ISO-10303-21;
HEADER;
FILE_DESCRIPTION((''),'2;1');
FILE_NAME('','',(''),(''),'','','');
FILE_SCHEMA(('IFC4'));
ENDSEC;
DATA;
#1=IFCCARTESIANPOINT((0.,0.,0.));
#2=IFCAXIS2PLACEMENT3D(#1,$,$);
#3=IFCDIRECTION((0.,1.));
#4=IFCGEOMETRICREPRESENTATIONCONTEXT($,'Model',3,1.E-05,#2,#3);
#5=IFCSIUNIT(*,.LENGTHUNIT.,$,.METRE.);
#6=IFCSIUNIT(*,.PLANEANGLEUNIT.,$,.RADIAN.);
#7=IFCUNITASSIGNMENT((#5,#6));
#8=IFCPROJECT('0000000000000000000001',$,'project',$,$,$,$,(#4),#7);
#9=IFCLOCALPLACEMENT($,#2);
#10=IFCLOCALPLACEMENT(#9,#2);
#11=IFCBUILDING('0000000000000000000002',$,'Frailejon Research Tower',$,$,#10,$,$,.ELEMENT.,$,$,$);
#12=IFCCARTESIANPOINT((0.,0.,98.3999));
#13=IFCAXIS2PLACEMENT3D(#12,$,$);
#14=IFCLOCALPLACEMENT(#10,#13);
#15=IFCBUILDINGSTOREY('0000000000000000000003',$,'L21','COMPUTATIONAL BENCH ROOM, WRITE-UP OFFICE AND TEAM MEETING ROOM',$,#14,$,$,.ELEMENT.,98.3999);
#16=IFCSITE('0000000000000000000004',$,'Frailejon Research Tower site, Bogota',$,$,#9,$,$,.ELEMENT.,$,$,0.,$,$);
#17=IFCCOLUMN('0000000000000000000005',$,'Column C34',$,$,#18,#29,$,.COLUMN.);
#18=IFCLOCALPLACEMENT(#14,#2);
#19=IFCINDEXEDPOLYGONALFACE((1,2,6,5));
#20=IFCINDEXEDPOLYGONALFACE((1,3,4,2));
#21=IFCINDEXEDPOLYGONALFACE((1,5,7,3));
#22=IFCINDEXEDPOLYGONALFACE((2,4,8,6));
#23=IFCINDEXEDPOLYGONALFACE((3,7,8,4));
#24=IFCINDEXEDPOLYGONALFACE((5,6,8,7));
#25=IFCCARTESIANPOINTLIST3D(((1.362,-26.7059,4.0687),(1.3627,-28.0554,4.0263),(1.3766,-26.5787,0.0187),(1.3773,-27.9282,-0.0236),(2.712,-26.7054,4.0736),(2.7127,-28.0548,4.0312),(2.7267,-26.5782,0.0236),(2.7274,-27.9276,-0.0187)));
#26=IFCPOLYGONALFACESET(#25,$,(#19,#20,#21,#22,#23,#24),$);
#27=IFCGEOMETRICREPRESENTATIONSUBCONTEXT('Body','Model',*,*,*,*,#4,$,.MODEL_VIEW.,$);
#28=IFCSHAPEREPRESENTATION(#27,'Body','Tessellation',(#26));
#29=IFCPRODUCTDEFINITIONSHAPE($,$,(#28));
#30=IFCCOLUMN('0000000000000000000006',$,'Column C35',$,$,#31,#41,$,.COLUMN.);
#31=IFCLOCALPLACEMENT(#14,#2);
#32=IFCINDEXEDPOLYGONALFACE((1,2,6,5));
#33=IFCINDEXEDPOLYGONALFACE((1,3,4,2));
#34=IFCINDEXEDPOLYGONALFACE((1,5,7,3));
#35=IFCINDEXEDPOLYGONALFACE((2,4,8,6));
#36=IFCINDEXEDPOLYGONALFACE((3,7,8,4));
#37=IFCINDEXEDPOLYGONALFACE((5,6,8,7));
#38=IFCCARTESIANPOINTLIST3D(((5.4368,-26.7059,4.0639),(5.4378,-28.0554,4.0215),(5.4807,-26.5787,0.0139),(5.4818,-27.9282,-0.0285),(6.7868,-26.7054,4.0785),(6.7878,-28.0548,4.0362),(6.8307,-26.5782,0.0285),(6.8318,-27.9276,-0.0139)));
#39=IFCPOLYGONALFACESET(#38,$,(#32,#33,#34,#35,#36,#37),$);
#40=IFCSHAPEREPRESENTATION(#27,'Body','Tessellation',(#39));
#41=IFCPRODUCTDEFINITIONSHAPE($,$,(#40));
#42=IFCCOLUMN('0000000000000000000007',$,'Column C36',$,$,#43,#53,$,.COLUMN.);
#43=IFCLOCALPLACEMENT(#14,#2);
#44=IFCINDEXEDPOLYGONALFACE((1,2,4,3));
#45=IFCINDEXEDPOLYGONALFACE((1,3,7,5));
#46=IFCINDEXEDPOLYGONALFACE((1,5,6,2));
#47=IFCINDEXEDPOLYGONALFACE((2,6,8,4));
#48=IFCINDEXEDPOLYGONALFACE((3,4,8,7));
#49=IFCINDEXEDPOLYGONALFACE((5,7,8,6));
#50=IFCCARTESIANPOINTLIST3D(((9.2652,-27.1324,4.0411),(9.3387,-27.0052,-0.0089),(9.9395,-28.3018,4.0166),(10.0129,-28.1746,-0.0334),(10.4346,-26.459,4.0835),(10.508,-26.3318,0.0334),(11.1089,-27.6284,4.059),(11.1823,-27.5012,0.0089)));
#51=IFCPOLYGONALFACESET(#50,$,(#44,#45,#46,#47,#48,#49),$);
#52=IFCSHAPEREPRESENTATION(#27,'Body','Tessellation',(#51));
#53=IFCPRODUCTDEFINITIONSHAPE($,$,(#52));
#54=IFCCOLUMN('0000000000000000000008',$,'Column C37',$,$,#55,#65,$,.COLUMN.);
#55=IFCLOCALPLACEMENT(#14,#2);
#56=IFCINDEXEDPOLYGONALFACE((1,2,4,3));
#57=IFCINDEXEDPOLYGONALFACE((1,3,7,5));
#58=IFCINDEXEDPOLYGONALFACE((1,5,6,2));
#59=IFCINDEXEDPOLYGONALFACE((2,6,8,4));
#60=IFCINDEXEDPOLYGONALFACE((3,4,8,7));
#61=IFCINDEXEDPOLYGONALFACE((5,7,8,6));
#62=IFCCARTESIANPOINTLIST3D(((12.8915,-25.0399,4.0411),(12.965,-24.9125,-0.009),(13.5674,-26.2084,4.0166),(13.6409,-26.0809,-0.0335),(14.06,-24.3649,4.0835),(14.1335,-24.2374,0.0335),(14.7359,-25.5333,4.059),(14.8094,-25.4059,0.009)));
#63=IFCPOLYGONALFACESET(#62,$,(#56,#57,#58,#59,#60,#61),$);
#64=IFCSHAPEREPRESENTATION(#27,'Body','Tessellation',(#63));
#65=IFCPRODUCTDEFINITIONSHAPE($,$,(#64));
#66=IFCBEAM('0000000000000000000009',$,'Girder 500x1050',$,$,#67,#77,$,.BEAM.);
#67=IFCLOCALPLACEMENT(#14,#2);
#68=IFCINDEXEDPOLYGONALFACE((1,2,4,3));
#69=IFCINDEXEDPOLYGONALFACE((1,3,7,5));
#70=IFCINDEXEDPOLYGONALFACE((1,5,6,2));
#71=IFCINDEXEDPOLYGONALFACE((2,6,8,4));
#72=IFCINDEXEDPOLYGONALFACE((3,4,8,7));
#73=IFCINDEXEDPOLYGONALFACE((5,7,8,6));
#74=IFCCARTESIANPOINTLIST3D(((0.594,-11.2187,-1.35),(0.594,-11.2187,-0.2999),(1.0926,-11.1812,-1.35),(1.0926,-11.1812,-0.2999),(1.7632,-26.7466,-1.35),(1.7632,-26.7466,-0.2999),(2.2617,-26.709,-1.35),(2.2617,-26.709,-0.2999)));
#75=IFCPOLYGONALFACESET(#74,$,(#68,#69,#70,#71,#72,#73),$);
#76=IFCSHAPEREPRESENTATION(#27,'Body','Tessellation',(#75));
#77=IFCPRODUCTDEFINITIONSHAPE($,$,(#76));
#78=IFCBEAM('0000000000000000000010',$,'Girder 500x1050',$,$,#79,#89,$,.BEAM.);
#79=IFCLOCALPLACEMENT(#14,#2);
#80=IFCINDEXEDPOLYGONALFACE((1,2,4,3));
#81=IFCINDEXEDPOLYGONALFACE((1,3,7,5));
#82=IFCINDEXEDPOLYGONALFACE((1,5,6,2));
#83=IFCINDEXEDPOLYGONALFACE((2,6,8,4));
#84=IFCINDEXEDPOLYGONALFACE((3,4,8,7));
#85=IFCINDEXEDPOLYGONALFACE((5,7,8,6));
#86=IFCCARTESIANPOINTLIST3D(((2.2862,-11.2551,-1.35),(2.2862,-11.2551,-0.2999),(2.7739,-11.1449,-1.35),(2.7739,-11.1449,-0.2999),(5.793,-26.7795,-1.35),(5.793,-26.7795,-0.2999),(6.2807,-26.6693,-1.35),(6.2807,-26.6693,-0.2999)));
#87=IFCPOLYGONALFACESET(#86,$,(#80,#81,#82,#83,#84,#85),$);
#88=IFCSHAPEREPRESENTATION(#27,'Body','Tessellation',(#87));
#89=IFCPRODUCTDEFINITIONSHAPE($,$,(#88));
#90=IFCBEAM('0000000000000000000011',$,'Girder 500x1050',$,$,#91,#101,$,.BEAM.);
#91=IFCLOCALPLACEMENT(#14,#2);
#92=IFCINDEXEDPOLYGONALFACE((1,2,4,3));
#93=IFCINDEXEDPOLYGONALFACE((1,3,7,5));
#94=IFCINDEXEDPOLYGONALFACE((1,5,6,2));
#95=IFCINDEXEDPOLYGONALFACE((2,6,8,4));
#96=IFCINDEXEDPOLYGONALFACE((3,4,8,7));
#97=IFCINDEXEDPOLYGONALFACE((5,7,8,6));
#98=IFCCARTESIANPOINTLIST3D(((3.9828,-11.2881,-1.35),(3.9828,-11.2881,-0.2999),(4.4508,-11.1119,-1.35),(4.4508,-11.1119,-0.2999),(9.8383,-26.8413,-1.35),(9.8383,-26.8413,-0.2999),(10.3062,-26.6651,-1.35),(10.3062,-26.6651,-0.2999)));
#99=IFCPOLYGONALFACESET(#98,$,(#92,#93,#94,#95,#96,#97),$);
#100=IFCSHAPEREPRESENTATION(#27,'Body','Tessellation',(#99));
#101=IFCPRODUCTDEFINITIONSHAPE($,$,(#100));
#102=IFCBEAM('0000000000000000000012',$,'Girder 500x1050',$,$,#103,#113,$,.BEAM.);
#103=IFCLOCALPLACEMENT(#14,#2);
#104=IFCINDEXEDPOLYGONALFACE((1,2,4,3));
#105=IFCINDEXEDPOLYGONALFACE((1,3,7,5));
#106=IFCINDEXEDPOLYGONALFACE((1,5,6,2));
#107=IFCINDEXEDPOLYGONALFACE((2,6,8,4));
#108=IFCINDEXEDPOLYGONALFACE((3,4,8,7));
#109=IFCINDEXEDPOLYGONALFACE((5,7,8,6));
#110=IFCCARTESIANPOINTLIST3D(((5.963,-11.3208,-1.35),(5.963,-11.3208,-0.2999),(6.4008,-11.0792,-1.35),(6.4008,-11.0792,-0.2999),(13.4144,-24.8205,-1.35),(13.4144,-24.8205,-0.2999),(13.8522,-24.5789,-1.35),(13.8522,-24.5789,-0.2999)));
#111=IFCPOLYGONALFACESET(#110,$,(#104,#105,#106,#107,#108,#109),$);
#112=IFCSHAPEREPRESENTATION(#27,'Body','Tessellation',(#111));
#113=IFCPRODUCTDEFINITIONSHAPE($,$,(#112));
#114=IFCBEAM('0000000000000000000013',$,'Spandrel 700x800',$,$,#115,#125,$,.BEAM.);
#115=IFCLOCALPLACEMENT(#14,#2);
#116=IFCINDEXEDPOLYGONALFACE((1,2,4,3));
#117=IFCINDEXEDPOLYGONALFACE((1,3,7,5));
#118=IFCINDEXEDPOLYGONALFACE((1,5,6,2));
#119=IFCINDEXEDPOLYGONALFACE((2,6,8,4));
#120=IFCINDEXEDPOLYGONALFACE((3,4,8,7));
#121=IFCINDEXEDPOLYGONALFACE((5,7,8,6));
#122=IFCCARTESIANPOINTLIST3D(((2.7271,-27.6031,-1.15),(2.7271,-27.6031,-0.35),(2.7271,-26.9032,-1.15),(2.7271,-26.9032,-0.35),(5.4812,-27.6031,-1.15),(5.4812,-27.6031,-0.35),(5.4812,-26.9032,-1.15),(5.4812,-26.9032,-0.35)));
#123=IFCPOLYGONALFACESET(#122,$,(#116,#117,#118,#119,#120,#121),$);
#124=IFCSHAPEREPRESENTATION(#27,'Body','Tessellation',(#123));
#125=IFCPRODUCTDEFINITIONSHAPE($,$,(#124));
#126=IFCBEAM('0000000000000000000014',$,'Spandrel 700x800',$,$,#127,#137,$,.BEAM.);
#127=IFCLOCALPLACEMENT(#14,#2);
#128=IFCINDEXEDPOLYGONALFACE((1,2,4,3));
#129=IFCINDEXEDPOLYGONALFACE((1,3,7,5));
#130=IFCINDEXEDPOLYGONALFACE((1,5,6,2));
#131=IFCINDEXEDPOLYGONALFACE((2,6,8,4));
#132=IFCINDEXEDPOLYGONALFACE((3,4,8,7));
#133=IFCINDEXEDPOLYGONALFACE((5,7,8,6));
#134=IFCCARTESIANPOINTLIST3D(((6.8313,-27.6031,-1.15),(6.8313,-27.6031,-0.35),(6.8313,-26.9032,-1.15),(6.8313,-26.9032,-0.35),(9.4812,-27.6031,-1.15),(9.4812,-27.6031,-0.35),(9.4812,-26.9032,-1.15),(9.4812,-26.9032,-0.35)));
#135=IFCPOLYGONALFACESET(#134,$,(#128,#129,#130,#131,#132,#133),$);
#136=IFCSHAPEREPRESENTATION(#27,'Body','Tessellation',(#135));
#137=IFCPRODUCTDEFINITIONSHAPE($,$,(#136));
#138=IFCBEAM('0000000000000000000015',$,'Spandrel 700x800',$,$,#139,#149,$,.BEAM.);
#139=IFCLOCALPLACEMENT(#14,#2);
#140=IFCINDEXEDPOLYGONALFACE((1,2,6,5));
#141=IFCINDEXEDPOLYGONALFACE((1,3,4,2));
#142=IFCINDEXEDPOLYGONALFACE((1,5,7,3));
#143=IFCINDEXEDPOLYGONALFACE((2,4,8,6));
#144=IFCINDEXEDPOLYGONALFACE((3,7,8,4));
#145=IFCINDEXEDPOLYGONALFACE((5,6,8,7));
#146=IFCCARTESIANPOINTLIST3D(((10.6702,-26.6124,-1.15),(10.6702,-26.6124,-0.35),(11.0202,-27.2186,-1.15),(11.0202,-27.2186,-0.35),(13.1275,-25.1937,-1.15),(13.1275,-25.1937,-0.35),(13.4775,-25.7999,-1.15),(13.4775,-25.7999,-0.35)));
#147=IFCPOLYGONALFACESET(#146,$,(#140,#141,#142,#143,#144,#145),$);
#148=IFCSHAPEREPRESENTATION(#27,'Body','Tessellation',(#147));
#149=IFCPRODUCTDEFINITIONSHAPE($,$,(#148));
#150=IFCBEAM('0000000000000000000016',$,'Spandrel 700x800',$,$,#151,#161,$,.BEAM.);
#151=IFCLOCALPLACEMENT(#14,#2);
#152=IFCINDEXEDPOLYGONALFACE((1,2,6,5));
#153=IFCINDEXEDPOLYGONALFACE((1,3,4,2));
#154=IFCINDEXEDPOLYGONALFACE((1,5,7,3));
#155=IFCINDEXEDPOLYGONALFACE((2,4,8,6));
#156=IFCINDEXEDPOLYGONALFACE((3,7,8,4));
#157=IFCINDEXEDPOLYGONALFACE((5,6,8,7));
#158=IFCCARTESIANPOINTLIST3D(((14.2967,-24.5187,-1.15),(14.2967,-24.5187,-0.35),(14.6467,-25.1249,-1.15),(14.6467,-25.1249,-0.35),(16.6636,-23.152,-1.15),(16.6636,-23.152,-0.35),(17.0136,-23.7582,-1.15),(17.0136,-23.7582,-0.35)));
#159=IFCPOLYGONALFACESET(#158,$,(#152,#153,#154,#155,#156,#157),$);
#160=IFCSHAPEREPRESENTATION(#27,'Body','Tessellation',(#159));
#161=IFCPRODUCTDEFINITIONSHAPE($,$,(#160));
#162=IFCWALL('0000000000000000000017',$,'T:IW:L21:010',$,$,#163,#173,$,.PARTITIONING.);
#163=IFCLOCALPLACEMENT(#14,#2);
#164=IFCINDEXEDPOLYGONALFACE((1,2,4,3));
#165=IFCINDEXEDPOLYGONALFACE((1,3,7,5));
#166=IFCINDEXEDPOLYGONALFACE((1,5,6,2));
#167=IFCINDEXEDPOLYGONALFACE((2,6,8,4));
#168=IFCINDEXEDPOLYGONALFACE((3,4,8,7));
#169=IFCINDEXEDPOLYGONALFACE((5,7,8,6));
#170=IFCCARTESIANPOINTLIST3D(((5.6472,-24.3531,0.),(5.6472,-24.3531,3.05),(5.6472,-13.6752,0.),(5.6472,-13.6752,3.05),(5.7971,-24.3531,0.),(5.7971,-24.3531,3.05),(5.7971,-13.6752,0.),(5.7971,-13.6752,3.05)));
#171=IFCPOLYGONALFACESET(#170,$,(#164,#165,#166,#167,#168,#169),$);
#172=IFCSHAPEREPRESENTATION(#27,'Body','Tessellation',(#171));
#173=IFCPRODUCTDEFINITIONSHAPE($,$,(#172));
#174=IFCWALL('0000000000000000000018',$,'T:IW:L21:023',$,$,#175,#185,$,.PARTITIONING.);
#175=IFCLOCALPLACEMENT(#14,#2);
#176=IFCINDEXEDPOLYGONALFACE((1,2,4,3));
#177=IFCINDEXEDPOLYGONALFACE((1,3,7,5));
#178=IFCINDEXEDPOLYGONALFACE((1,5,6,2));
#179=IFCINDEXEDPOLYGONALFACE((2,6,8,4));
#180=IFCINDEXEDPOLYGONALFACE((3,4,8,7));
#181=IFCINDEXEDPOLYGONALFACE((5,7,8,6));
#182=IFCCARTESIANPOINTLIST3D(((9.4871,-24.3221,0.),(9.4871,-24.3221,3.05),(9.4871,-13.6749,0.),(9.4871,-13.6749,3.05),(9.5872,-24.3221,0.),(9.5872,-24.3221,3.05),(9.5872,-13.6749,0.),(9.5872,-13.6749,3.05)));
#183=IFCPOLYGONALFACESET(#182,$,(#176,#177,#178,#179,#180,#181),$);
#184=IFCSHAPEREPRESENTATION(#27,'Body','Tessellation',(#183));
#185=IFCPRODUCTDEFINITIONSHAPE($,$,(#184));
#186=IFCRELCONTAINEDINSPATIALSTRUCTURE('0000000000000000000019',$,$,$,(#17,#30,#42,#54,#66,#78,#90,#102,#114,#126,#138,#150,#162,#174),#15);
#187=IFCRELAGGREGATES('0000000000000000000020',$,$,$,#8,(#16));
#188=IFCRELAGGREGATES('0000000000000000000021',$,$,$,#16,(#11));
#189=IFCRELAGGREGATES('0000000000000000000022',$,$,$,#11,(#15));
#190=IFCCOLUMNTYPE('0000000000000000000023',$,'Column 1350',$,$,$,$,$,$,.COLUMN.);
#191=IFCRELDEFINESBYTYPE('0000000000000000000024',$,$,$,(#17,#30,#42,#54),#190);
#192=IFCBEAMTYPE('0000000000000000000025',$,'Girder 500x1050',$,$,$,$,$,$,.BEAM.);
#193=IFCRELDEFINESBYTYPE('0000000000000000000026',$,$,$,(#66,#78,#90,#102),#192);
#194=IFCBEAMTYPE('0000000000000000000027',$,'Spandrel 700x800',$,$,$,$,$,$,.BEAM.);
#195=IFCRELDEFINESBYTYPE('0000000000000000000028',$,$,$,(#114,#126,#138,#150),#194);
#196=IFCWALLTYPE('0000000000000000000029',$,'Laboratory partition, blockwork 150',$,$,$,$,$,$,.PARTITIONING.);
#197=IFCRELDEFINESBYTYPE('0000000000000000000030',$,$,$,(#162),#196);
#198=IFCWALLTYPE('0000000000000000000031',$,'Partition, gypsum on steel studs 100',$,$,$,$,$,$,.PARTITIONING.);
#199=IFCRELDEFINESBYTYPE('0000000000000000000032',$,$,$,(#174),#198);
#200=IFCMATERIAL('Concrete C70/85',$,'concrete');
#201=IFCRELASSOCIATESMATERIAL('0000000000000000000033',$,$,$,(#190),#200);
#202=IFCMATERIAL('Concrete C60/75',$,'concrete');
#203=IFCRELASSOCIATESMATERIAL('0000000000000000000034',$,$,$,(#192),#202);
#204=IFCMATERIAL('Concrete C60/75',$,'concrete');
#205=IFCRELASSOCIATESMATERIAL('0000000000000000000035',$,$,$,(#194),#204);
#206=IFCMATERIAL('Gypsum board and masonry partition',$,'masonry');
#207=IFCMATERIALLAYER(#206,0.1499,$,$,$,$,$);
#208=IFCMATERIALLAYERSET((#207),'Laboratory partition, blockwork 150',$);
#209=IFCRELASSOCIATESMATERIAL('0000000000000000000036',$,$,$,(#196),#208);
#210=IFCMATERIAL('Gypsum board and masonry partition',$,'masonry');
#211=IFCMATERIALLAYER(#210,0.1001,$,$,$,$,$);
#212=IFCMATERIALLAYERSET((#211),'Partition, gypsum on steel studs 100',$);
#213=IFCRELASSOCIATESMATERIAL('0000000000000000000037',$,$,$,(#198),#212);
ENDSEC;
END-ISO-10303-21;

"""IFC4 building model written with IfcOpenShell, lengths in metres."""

from ifc_helpers import new_model, si_unit, direction, frame, frame_2d, origin, origin_2d, place, context, subcontext, project, spatial, rectangle, extrude, material, layer, layer_set, material_profile, profile_set, type_object, element, save


model = new_model("IFC4")

# Units and contexts
model_context = context("Model", 3, precision=1e-05, world=origin(), true_north=direction((0.0, 1.0)))
body_context = subcontext(model_context, "Body", "Model", "MODEL_VIEW")
ifc_project = project(units=[si_unit("LENGTHUNIT", "METRE"), si_unit("PLANEANGLEUNIT", "RADIAN")], contexts=[model_context])

# Site, building, storey
site_placement = place(None, origin())
site = spatial("IfcSite", under=ifc_project, at=site_placement, Name="Frailejon Research Tower site, Bogota", CompositionType="ELEMENT", RefElevation=0.0)
building_placement = place(site_placement, origin())
building = spatial("IfcBuilding", under=site, at=building_placement, Name="Frailejon Research Tower", CompositionType="ELEMENT")
storey_placement = place(building_placement, frame((0.0, 0.0, 98.3999)))
storey = spatial("IfcBuildingStorey", under=building, at=storey_placement, Name="L21", Description="COMPUTATIONAL BENCH ROOM, WRITE-UP OFFICE AND TEAM MEETING ROOM", CompositionType="ELEMENT", Elevation=98.3999)

# Columns
ifc_material_1 = material(Name="Concrete C70/85", Category="concrete")
ifc_material_profile_1 = material_profile(ifc_material_1, rectangle(XDim=1.3501, YDim=1.3501, at=origin_2d()), Name="Column 1350")
ifc_profile_set_1 = profile_set([ifc_material_profile_1], Name="Concrete C70/85")
column_type = type_object("IfcColumnType", Name="Column 1350", PredefinedType="COLUMN", material=ifc_profile_set_1)
column_1_placement = place(storey_placement, frame((2.052, -27.2532, 0.0), z_axis=(-0.003615, -0.031391, 0.999501), x_axis=(0.999993, 0.000407, 0.00363)))
element("IfcColumn", 1, at=column_1_placement, inside=storey, type_object=column_type, Name="Column C34", PredefinedType="COLUMN", context=body_context, shape_type="SweptSolid", body=[
    extrude(rectangle(XDim=1.3501, YDim=1.3501, at=origin_2d()), origin(), (0.0, 0.0, 1.0), 4.052),
])
column_2_placement = place(storey_placement, frame((6.1562, -27.2532, 0.0), z_axis=(-0.010845, -0.031389, 0.999448), x_axis=(0.999941, 0.000427, 0.010863)))
element("IfcColumn", 2, at=column_2_placement, inside=storey, type_object=column_type, Name="Column C35", PredefinedType="COLUMN", context=body_context, shape_type="SweptSolid", body=[
    extrude(rectangle(XDim=1.3501, YDim=1.3501, at=origin_2d()), origin(), (0.0, 0.0, 1.0), 4.0522),
])
for number, where, z_axis, x_axis, name in (
    (3, (10.2605, -27.2532, 0.0), (-0.018133, -0.031386, 0.999343), (0.866156, 0.498787, 0.031381), "Column C36"),
    (4, (13.8872, -25.1592, 0.0), (-0.018133, -0.031446, 0.999341), (0.865469, 0.499975, 0.031436), "Column C37"),
):
    element("IfcColumn", number, at=place(storey_placement, frame(where, z_axis=z_axis, x_axis=x_axis)), inside=storey, type_object=column_type, Name=name, PredefinedType="COLUMN", context=body_context, shape_type="SweptSolid", body=[
        extrude(rectangle(XDim=1.3501, YDim=1.3501, at=origin_2d()), origin(), (0.0, 0.0, 1.0), 4.0527),
    ])

# Beams
ifc_material_2 = material(Name="Concrete C60/75", Category="concrete")
ifc_material_profile_2 = material_profile(ifc_material_2, rectangle(XDim=0.5, YDim=1.05, at=origin_2d()), Name="Girder 500x1050")
ifc_profile_set_2 = profile_set([ifc_material_profile_2], Name="Concrete C60/75")
beam_type_1 = type_object("IfcBeamType", Name="Girder 500x1050", PredefinedType="BEAM", material=ifc_profile_set_2)
beam_1_placement = place(storey_placement, frame((2.0125, -26.7278, -0.825), z_axis=(-0.075084, 0.997177, 0.0), x_axis=(-0.997177, -0.075084, 0.0)))
element("IfcBeam", 5, at=beam_1_placement, inside=storey, type_object=beam_type_1, Name="Girder 500x1050", PredefinedType="BEAM", context=body_context, shape_type="SweptSolid", body=[
    extrude(rectangle(XDim=0.5, YDim=1.05, at=origin_2d()), origin(), (0.0, 0.0, 1.0), 15.5718),
])
beam_2_placement = place(storey_placement, frame((6.0369, -26.7244, -0.825), z_axis=(-0.22034, 0.975423, 0.0), x_axis=(-0.975423, -0.22034, 0.0)))
element("IfcBeam", 6, at=beam_2_placement, inside=storey, type_object=beam_type_1, Name="Girder 500x1050", PredefinedType="BEAM", context=body_context, shape_type="SweptSolid", body=[
    extrude(rectangle(XDim=0.5, YDim=1.05, at=origin_2d()), origin(), (0.0, 0.0, 1.0), 15.9155),
])
beam_3_placement = place(storey_placement, frame((10.0723, -26.7532, -0.825), z_axis=(-0.352337, 0.935873, 0.0), x_axis=(-0.935873, -0.352337, 0.0)))
element("IfcBeam", 7, at=beam_3_placement, inside=storey, type_object=beam_type_1, Name="Girder 500x1050", PredefinedType="BEAM", context=body_context, shape_type="SweptSolid", body=[
    extrude(rectangle(XDim=0.5, YDim=1.05, at=origin_2d()), origin(), (0.0, 0.0, 1.0), 16.6189),
])
beam_4_placement = place(storey_placement, frame((13.6333, -24.6997, -0.825), z_axis=(-0.48324, 0.875488, 0.0), x_axis=(-0.875488, -0.48324, 0.0)))
element("IfcBeam", 8, at=beam_4_placement, inside=storey, type_object=beam_type_1, Name="Girder 500x1050", PredefinedType="BEAM", context=body_context, shape_type="SweptSolid", body=[
    extrude(rectangle(XDim=0.5, YDim=1.05, at=origin_2d()), origin(), (0.0, 0.0, 1.0), 15.4197),
])
ifc_material_3 = material(Name="Concrete C60/75", Category="concrete")
ifc_material_profile_3 = material_profile(ifc_material_3, rectangle(XDim=0.7, YDim=0.8, at=origin_2d()), Name="Spandrel 700x800")
ifc_profile_set_3 = profile_set([ifc_material_profile_3], Name="Concrete C60/75")
beam_type_2 = type_object("IfcBeamType", Name="Spandrel 700x800", PredefinedType="BEAM", material=ifc_profile_set_3)
beam_5_placement = place(storey_placement, frame((2.7271, -27.2532, -0.75), z_axis=(1.0, 0.0, 0.0), x_axis=(0.0, 1.0, 0.0)))
element("IfcBeam", 9, at=beam_5_placement, inside=storey, type_object=beam_type_2, Name="Spandrel 700x800", PredefinedType="BEAM", context=body_context, shape_type="SweptSolid", body=[
    extrude(rectangle(XDim=0.7, YDim=0.8, at=origin_2d()), origin(), (0.0, 0.0, 1.0), 2.7542),
])
beam_6_placement = place(storey_placement, frame((6.8313, -27.2532, -0.75), z_axis=(1.0, 0.0, 0.0), x_axis=(0.0, 1.0, 0.0)))
element("IfcBeam", 10, at=beam_6_placement, inside=storey, type_object=beam_type_2, Name="Spandrel 700x800", PredefinedType="BEAM", context=body_context, shape_type="SweptSolid", body=[
    extrude(rectangle(XDim=0.7, YDim=0.8, at=origin_2d()), origin(), (0.0, 0.0, 1.0), 2.6499),
])
beam_7_placement = place(storey_placement, frame((10.8452, -26.9155, -0.75), z_axis=(0.866027, 0.499998, 0.0), x_axis=(-0.499998, 0.866027, 0.0)))
element("IfcBeam", 11, at=beam_7_placement, inside=storey, type_object=beam_type_2, Name="Spandrel 700x800", PredefinedType="BEAM", context=body_context, shape_type="SweptSolid", body=[
    extrude(rectangle(XDim=0.7, YDim=0.8, at=origin_2d()), origin(), (0.0, 0.0, 1.0), 2.8374),
])
beam_8_placement = place(storey_placement, frame((14.4717, -24.8218, -0.75), z_axis=(0.866003, 0.500039, 0.0), x_axis=(-0.500039, 0.866003, 0.0)))
element("IfcBeam", 12, at=beam_8_placement, inside=storey, type_object=beam_type_2, Name="Spandrel 700x800", PredefinedType="BEAM", context=body_context, shape_type="SweptSolid", body=[
    extrude(rectangle(XDim=0.7, YDim=0.8, at=origin_2d()), origin(), (0.0, 0.0, 1.0), 2.7332),
])

# Walls
ifc_material_4 = material(Name="Gypsum board and masonry partition", Category="masonry")
ifc_layer_1 = layer(ifc_material_4, 0.1499)
ifc_layer_set_1 = layer_set([ifc_layer_1], Name="Laboratory partition, blockwork 150")
wall_type_1 = type_object("IfcWallType", Name="Laboratory partition, blockwork 150", PredefinedType="PARTITIONING", material=ifc_layer_set_1)
wall_1_placement = place(storey_placement, frame((5.7222, -24.353, 0.0), z_axis=(0.0, 0.0, 1.0), x_axis=(0.0, 1.0, 0.0)))
element("IfcWall", 13, at=wall_1_placement, inside=storey, type_object=wall_type_1, Name="T:IW:L21:010", PredefinedType="PARTITIONING", context=body_context, shape_type="SweptSolid", body=[
    extrude(rectangle(XDim=10.678, YDim=0.1499, at=frame_2d((5.3389, 0.0))), origin(), (0.0, 0.0, 1.0), 3.05),
])
ifc_material_5 = material(Name="Gypsum board and masonry partition", Category="masonry")
ifc_layer_2 = layer(ifc_material_5, 0.1001)
ifc_layer_set_2 = layer_set([ifc_layer_2], Name="Partition, gypsum on steel studs 100")
wall_type_2 = type_object("IfcWallType", Name="Partition, gypsum on steel studs 100", PredefinedType="PARTITIONING", material=ifc_layer_set_2)
wall_2_placement = place(storey_placement, frame((9.5371, -24.3223, 0.0), z_axis=(0.0, 0.0, 1.0), x_axis=(0.0, 1.0, 0.0)))
element("IfcWall", 14, at=wall_2_placement, inside=storey, type_object=wall_type_2, Name="T:IW:L21:023", PredefinedType="PARTITIONING", context=body_context, shape_type="SweptSolid", body=[
    extrude(rectangle(XDim=10.6472, YDim=0.1001, at=frame_2d((5.3237, 0.0))), origin(), (0.0, 0.0, 1.0), 3.05),
])

save(model, "model.ifc")
